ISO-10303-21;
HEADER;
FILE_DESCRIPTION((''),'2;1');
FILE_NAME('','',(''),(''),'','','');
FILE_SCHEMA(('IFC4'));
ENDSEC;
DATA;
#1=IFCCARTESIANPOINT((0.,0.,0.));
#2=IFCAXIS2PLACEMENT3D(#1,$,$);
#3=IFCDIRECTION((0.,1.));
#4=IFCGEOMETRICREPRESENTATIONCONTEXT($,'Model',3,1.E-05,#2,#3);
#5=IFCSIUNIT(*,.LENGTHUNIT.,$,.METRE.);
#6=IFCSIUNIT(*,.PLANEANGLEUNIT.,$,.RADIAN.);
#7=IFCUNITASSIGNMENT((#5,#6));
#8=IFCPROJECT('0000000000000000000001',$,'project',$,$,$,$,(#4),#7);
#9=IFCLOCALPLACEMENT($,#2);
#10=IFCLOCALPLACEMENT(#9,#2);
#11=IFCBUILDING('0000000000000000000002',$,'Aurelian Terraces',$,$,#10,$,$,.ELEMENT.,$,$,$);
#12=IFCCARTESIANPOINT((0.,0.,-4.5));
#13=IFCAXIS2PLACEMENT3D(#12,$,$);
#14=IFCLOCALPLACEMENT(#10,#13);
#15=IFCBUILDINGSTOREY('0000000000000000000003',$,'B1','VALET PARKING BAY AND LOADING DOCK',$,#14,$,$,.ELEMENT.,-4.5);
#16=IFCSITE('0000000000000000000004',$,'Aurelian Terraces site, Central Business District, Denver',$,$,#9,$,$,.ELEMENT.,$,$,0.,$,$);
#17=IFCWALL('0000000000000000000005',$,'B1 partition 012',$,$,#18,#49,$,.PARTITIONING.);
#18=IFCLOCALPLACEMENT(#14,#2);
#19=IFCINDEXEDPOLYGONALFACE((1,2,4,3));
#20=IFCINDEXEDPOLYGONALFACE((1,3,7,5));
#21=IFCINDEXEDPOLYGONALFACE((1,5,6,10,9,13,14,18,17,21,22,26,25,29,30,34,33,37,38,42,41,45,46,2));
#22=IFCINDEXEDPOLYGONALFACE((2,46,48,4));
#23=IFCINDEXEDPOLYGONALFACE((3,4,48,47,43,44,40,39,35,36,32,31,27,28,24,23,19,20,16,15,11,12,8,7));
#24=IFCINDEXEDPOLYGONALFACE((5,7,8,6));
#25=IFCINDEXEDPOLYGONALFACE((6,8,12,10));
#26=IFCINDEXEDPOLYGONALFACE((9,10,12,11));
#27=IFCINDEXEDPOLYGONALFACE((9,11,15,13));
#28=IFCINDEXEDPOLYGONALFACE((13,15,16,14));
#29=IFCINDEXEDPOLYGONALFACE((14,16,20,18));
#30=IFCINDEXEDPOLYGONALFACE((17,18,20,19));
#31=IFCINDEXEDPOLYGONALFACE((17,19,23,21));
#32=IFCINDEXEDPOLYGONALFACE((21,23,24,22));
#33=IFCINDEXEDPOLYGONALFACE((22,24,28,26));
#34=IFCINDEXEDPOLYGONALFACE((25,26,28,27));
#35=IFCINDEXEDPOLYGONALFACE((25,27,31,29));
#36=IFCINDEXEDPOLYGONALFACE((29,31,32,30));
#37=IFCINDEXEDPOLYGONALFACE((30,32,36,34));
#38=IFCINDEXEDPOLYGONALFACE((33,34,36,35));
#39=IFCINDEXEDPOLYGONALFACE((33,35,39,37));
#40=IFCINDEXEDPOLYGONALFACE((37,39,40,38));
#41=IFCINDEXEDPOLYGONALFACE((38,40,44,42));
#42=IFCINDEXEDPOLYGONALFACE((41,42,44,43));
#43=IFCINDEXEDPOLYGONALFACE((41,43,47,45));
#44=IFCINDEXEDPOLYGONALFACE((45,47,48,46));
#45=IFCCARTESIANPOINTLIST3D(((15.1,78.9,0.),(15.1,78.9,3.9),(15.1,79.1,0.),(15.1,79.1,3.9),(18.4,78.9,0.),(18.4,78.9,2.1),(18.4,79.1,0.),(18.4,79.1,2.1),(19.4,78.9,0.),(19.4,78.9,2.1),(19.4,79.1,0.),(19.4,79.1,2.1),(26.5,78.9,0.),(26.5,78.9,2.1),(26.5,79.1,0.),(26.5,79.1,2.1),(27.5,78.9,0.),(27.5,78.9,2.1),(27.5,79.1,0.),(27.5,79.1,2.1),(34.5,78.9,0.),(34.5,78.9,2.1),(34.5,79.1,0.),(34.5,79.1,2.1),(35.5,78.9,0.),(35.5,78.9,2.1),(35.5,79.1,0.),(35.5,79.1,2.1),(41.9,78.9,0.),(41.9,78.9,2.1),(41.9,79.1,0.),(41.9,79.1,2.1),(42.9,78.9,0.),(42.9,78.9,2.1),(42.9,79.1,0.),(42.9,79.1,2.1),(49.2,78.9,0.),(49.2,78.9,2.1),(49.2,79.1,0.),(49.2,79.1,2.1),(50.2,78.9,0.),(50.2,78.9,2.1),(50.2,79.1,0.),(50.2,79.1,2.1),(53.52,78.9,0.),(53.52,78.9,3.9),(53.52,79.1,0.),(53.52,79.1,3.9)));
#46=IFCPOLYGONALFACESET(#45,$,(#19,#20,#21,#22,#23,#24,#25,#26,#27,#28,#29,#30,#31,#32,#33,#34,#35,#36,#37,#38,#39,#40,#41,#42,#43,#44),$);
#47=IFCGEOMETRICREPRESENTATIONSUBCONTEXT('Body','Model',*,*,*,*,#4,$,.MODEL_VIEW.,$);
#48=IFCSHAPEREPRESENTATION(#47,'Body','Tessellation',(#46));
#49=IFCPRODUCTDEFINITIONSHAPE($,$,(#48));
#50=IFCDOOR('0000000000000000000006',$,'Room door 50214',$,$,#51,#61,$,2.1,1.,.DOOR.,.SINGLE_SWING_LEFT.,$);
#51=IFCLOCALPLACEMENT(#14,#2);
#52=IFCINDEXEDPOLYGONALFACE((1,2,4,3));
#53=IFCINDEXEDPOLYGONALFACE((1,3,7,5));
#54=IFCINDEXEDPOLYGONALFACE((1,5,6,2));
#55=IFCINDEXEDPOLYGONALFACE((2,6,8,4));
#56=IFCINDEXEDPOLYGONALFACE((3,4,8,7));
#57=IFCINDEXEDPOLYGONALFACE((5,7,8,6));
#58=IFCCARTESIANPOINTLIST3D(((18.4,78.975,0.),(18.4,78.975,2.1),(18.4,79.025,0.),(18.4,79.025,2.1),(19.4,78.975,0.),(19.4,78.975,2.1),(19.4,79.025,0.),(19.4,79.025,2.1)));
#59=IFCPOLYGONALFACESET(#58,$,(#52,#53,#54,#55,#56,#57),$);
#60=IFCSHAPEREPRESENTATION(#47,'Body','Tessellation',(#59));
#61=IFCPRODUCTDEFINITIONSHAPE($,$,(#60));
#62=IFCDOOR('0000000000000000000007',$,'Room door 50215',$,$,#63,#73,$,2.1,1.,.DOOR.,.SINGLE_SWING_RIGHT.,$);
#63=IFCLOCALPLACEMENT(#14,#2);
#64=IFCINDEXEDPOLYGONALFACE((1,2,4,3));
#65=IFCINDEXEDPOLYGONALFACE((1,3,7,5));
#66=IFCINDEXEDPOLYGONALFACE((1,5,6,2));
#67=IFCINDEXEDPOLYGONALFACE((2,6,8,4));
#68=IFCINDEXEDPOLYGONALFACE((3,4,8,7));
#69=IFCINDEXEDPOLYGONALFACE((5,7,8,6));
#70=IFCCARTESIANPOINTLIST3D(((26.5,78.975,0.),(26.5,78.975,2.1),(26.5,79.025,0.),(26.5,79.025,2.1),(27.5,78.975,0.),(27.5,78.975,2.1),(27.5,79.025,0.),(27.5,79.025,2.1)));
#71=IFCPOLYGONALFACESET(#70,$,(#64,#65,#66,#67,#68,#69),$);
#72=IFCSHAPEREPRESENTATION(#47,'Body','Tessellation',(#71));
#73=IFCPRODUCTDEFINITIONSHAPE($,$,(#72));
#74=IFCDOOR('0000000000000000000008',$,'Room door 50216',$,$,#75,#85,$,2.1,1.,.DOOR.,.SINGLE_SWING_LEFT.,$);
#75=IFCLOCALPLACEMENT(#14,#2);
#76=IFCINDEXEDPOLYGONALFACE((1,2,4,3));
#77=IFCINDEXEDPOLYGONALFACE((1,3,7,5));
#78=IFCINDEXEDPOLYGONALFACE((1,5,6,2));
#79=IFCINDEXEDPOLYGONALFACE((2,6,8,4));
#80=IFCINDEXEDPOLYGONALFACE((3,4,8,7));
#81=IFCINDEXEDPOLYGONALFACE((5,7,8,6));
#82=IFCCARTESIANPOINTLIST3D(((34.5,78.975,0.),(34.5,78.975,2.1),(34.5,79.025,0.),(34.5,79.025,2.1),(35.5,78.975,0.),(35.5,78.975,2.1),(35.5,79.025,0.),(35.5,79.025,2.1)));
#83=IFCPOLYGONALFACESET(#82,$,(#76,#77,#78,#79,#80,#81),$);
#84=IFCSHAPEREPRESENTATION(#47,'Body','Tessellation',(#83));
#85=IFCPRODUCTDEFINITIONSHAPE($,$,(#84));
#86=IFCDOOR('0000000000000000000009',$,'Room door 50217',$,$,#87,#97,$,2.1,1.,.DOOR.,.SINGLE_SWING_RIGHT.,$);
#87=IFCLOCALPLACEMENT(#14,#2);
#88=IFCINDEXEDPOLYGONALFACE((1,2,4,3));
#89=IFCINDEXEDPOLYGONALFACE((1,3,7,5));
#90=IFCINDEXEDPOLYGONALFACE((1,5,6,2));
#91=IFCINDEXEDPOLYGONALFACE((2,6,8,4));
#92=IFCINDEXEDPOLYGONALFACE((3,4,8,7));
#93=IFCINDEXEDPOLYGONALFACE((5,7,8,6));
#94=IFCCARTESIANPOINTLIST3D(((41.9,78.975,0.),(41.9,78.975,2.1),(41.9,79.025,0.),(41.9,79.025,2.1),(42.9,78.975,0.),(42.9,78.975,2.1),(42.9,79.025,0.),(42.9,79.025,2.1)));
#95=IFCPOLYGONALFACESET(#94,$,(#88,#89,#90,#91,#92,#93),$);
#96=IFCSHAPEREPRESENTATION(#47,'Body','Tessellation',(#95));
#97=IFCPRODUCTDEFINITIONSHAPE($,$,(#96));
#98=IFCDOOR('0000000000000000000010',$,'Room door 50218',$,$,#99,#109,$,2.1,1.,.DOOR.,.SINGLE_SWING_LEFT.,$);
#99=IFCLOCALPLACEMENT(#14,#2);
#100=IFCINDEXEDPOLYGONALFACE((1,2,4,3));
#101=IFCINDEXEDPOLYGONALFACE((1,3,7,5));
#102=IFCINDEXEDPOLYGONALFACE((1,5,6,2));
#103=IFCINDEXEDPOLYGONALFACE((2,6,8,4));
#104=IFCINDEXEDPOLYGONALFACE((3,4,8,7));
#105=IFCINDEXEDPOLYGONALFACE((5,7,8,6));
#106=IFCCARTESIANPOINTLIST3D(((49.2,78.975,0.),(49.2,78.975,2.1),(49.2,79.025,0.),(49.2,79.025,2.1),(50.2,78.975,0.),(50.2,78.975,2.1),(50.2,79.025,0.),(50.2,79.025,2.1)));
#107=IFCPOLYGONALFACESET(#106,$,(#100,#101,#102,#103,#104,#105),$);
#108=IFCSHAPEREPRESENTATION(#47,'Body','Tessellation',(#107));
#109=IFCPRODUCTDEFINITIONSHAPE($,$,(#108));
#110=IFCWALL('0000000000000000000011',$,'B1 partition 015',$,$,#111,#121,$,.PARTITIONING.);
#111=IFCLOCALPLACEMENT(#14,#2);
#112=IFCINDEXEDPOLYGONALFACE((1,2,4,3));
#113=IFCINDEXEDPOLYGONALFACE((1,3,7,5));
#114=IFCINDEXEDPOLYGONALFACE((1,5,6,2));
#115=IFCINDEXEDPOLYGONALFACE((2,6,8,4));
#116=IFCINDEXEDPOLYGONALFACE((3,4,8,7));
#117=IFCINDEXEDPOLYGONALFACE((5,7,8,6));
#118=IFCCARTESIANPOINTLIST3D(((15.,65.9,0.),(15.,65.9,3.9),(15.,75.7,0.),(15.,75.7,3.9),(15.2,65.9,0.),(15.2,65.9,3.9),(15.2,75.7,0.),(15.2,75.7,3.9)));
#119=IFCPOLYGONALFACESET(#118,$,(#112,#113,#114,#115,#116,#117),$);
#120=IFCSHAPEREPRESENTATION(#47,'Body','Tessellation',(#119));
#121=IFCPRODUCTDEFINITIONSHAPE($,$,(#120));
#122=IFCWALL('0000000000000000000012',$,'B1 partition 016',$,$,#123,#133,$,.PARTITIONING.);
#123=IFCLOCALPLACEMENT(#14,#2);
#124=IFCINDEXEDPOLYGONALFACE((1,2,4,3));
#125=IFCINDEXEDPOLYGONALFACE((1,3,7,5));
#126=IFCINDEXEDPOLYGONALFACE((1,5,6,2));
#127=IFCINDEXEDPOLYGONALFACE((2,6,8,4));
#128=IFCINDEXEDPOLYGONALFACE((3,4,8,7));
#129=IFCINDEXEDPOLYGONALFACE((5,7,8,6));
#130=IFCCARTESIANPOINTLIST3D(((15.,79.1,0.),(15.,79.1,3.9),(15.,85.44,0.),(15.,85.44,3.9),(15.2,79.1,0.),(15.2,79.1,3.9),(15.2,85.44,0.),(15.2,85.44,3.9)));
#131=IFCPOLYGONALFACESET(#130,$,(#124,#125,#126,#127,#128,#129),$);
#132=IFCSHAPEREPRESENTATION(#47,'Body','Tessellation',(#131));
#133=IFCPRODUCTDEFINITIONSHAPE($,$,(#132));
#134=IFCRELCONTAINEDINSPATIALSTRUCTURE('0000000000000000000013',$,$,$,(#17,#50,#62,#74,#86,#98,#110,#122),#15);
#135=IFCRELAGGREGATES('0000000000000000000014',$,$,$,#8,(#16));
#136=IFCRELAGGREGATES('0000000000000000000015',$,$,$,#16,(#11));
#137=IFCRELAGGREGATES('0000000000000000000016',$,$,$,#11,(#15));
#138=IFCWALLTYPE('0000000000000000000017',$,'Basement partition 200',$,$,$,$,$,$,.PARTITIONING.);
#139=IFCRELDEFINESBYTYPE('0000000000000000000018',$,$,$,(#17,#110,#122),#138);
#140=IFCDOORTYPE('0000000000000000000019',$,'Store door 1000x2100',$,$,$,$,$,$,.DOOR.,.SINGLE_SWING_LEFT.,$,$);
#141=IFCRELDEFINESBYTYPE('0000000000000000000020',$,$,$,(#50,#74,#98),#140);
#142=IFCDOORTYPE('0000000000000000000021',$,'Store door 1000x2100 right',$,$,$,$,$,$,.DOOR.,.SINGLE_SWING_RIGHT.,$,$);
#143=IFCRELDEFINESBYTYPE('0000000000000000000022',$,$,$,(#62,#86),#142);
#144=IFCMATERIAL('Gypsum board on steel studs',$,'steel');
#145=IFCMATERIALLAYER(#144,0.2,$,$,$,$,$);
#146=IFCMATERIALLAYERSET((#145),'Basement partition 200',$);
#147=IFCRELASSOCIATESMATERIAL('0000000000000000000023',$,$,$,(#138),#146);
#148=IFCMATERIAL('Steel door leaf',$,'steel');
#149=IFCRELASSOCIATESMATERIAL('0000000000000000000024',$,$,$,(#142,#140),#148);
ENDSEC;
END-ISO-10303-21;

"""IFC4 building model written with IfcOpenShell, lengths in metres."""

from ifc_helpers import new_model, si_unit, direction, frame, frame_2d, origin, place, context, subcontext, project, spatial, rectangle, extrude, source, transform, mapped, material, layer, layer_set, type_object, element, fill, save


model = new_model("IFC4")

# Units and contexts
model_context = context("Model", 3, precision=1e-05, world=origin(), true_north=direction((0.0, 1.0)))
body_context = subcontext(model_context, "Body", "Model", "MODEL_VIEW")
ifc_project = project(units=[si_unit("LENGTHUNIT", "METRE"), si_unit("PLANEANGLEUNIT", "RADIAN")], contexts=[model_context])

# Site, building, storey
site_placement = place(None, origin())
site = spatial("IfcSite", under=ifc_project, at=site_placement, Name="Aurelian Terraces site, Central Business District, Denver", CompositionType="ELEMENT", RefElevation=0.0)
building_placement = place(site_placement, origin())
building = spatial("IfcBuilding", under=site, at=building_placement, Name="Aurelian Terraces", CompositionType="ELEMENT")
storey_placement = place(building_placement, frame((0.0, 0.0, -4.5)))
storey = spatial("IfcBuildingStorey", under=building, at=storey_placement, Name="B1", Description="VALET PARKING BAY AND LOADING DOCK", CompositionType="ELEMENT", Elevation=-4.5)

# Shared definitions
ifc_material_1 = material(Name="Gypsum board on steel studs", Category="steel")
ifc_layer_1 = layer(ifc_material_1, 0.2)
ifc_layer_set_1 = layer_set([ifc_layer_1], Name="Basement partition 200")
wall_type_1 = type_object("IfcWallType", Name="Basement partition 200", PredefinedType="PARTITIONING", material=ifc_layer_set_1)

# Shared definitions
shared_shape_1 = source(origin(), body_context, "Body", "SweptSolid", [
    extrude(rectangle(XDim=38.42, YDim=0.2, at=frame_2d((19.21, 0.0))), origin(), (0.0, 0.0, 1.0), 3.9),
])
shared_shape_2 = source(origin(), body_context, "Body", "SweptSolid", [
    extrude(rectangle(XDim=1.0, YDim=2.1, at=frame_2d((0.5, 1.05))), frame((0.0, 0.11, 0.0), z_axis=(0.0, -1.0, 0.0), x_axis=(1.0, 0.0, 0.0)), (0.0, 0.0, 1.0), 0.22),
])
ifc_material_2 = material(Name="Steel door leaf", Category="steel")
door_type_1 = type_object("IfcDoorType", Name="Store door 1000x2100 right", OperationType="SINGLE_SWING_RIGHT", PredefinedType="DOOR", material=ifc_material_2)
shared_shape_3 = source(origin(), body_context, "Body", "SweptSolid", [
    extrude(rectangle(XDim=1.0, YDim=2.1, at=frame_2d((0.5, 1.05))), frame((0.0, 0.025, 0.0), z_axis=(0.0, -1.0, 0.0), x_axis=(1.0, 0.0, 0.0)), (0.0, 0.0, 1.0), 0.05),
])
door_type_2 = type_object("IfcDoorType", Name="Store door 1000x2100", OperationType="SINGLE_SWING_LEFT", PredefinedType="DOOR", material=ifc_material_2)

# Wall, openings, doors
wall_1_placement = place(storey_placement, frame((15.1, 79.0, 0.0), z_axis=(0.0, 0.0, 1.0), x_axis=(1.0, 0.0, 0.0)))
wall_1 = element("IfcWall", 1, at=wall_1_placement, inside=storey, type_object=wall_type_1, Name="B1 partition 012", PredefinedType="PARTITIONING", context=body_context, shape_type="MappedRepresentation", body=[
    mapped(shared_shape_1, transform((0.0, 0.0, 0.0), scale=1.0)),
])
opening_1_placement = place(wall_1_placement, frame((3.3, 0.0, 0.0)))
opening_1 = element("IfcOpeningElement", 2, at=opening_1_placement, cuts=wall_1, PredefinedType="OPENING", context=body_context, shape_type="MappedRepresentation", body=[
    mapped(shared_shape_2, transform((0.0, 0.0, 0.0), scale=1.0)),
])
opening_2_placement = place(wall_1_placement, frame((11.4, 0.0, 0.0)))
opening_2 = element("IfcOpeningElement", 3, at=opening_2_placement, cuts=wall_1, PredefinedType="OPENING", context=body_context, shape_type="MappedRepresentation", body=[
    mapped(shared_shape_2, transform((0.0, 0.0, 0.0), scale=1.0)),
])
opening_3_placement = place(wall_1_placement, frame((19.4, 0.0, 0.0)))
opening_3 = element("IfcOpeningElement", 4, at=opening_3_placement, cuts=wall_1, PredefinedType="OPENING", context=body_context, shape_type="MappedRepresentation", body=[
    mapped(shared_shape_2, transform((0.0, 0.0, 0.0), scale=1.0)),
])
opening_4_placement = place(wall_1_placement, frame((26.8, 0.0, 0.0)))
opening_4 = element("IfcOpeningElement", 5, at=opening_4_placement, cuts=wall_1, PredefinedType="OPENING", context=body_context, shape_type="MappedRepresentation", body=[
    mapped(shared_shape_2, transform((0.0, 0.0, 0.0), scale=1.0)),
])
opening_5_placement = place(wall_1_placement, frame((34.1, 0.0, 0.0)))
opening_5 = element("IfcOpeningElement", 6, at=opening_5_placement, cuts=wall_1, PredefinedType="OPENING", context=body_context, shape_type="MappedRepresentation", body=[
    mapped(shared_shape_2, transform((0.0, 0.0, 0.0), scale=1.0)),
])
door_1_placement = place(opening_1_placement, origin())
door_1 = element("IfcDoor", 7, at=door_1_placement, inside=storey, type_object=door_type_2, Name="Room door 50214", OperationType="SINGLE_SWING_LEFT", OverallHeight=2.1, OverallWidth=1.0, PredefinedType="DOOR", context=body_context, shape_type="MappedRepresentation", body=[
    mapped(shared_shape_3, transform((0.0, 0.0, 0.0), scale=1.0)),
])
fill(opening_1, door_1)
door_2_placement = place(opening_2_placement, origin())
door_2 = element("IfcDoor", 8, at=door_2_placement, inside=storey, type_object=door_type_1, Name="Room door 50215", OperationType="SINGLE_SWING_RIGHT", OverallHeight=2.1, OverallWidth=1.0, PredefinedType="DOOR", context=body_context, shape_type="MappedRepresentation", body=[
    mapped(shared_shape_3, transform((0.0, 0.0, 0.0), scale=1.0)),
])
fill(opening_2, door_2)
door_3_placement = place(opening_3_placement, origin())
door_3 = element("IfcDoor", 9, at=door_3_placement, inside=storey, type_object=door_type_2, Name="Room door 50216", OperationType="SINGLE_SWING_LEFT", OverallHeight=2.1, OverallWidth=1.0, PredefinedType="DOOR", context=body_context, shape_type="MappedRepresentation", body=[
    mapped(shared_shape_3, transform((0.0, 0.0, 0.0), scale=1.0)),
])
fill(opening_3, door_3)
door_4_placement = place(opening_4_placement, origin())
door_4 = element("IfcDoor", 10, at=door_4_placement, inside=storey, type_object=door_type_1, Name="Room door 50217", OperationType="SINGLE_SWING_RIGHT", OverallHeight=2.1, OverallWidth=1.0, PredefinedType="DOOR", context=body_context, shape_type="MappedRepresentation", body=[
    mapped(shared_shape_3, transform((0.0, 0.0, 0.0), scale=1.0)),
])
fill(opening_4, door_4)
door_5_placement = place(opening_5_placement, origin())
door_5 = element("IfcDoor", 11, at=door_5_placement, inside=storey, type_object=door_type_2, Name="Room door 50218", OperationType="SINGLE_SWING_LEFT", OverallHeight=2.1, OverallWidth=1.0, PredefinedType="DOOR", context=body_context, shape_type="MappedRepresentation", body=[
    mapped(shared_shape_3, transform((0.0, 0.0, 0.0), scale=1.0)),
])
fill(opening_5, door_5)

# Walls
shared_shape_4 = source(origin(), body_context, "Body", "SweptSolid", [
    extrude(rectangle(XDim=9.8, YDim=0.2, at=frame_2d((4.9, 0.0))), origin(), (0.0, 0.0, 1.0), 3.9),
])
wall_2_placement = place(storey_placement, frame((15.1, 65.9, 0.0), z_axis=(0.0, 0.0, 1.0), x_axis=(0.0, 1.0, 0.0)))
element("IfcWall", 12, at=wall_2_placement, inside=storey, type_object=wall_type_1, Name="B1 partition 015", PredefinedType="PARTITIONING", context=body_context, shape_type="MappedRepresentation", body=[
    mapped(shared_shape_4, transform((0.0, 0.0, 0.0), scale=1.0)),
])
shared_shape_5 = source(origin(), body_context, "Body", "SweptSolid", [
    extrude(rectangle(XDim=6.34, YDim=0.2, at=frame_2d((3.17, 0.0))), origin(), (0.0, 0.0, 1.0), 3.9),
])
wall_3_placement = place(storey_placement, frame((15.1, 79.1, 0.0), z_axis=(0.0, 0.0, 1.0), x_axis=(0.0, 1.0, 0.0)))
element("IfcWall", 13, at=wall_3_placement, inside=storey, type_object=wall_type_1, Name="B1 partition 016", PredefinedType="PARTITIONING", context=body_context, shape_type="MappedRepresentation", body=[
    mapped(shared_shape_5, transform((0.0, 0.0, 0.0), scale=1.0)),
])

save(model, "model.ifc")
